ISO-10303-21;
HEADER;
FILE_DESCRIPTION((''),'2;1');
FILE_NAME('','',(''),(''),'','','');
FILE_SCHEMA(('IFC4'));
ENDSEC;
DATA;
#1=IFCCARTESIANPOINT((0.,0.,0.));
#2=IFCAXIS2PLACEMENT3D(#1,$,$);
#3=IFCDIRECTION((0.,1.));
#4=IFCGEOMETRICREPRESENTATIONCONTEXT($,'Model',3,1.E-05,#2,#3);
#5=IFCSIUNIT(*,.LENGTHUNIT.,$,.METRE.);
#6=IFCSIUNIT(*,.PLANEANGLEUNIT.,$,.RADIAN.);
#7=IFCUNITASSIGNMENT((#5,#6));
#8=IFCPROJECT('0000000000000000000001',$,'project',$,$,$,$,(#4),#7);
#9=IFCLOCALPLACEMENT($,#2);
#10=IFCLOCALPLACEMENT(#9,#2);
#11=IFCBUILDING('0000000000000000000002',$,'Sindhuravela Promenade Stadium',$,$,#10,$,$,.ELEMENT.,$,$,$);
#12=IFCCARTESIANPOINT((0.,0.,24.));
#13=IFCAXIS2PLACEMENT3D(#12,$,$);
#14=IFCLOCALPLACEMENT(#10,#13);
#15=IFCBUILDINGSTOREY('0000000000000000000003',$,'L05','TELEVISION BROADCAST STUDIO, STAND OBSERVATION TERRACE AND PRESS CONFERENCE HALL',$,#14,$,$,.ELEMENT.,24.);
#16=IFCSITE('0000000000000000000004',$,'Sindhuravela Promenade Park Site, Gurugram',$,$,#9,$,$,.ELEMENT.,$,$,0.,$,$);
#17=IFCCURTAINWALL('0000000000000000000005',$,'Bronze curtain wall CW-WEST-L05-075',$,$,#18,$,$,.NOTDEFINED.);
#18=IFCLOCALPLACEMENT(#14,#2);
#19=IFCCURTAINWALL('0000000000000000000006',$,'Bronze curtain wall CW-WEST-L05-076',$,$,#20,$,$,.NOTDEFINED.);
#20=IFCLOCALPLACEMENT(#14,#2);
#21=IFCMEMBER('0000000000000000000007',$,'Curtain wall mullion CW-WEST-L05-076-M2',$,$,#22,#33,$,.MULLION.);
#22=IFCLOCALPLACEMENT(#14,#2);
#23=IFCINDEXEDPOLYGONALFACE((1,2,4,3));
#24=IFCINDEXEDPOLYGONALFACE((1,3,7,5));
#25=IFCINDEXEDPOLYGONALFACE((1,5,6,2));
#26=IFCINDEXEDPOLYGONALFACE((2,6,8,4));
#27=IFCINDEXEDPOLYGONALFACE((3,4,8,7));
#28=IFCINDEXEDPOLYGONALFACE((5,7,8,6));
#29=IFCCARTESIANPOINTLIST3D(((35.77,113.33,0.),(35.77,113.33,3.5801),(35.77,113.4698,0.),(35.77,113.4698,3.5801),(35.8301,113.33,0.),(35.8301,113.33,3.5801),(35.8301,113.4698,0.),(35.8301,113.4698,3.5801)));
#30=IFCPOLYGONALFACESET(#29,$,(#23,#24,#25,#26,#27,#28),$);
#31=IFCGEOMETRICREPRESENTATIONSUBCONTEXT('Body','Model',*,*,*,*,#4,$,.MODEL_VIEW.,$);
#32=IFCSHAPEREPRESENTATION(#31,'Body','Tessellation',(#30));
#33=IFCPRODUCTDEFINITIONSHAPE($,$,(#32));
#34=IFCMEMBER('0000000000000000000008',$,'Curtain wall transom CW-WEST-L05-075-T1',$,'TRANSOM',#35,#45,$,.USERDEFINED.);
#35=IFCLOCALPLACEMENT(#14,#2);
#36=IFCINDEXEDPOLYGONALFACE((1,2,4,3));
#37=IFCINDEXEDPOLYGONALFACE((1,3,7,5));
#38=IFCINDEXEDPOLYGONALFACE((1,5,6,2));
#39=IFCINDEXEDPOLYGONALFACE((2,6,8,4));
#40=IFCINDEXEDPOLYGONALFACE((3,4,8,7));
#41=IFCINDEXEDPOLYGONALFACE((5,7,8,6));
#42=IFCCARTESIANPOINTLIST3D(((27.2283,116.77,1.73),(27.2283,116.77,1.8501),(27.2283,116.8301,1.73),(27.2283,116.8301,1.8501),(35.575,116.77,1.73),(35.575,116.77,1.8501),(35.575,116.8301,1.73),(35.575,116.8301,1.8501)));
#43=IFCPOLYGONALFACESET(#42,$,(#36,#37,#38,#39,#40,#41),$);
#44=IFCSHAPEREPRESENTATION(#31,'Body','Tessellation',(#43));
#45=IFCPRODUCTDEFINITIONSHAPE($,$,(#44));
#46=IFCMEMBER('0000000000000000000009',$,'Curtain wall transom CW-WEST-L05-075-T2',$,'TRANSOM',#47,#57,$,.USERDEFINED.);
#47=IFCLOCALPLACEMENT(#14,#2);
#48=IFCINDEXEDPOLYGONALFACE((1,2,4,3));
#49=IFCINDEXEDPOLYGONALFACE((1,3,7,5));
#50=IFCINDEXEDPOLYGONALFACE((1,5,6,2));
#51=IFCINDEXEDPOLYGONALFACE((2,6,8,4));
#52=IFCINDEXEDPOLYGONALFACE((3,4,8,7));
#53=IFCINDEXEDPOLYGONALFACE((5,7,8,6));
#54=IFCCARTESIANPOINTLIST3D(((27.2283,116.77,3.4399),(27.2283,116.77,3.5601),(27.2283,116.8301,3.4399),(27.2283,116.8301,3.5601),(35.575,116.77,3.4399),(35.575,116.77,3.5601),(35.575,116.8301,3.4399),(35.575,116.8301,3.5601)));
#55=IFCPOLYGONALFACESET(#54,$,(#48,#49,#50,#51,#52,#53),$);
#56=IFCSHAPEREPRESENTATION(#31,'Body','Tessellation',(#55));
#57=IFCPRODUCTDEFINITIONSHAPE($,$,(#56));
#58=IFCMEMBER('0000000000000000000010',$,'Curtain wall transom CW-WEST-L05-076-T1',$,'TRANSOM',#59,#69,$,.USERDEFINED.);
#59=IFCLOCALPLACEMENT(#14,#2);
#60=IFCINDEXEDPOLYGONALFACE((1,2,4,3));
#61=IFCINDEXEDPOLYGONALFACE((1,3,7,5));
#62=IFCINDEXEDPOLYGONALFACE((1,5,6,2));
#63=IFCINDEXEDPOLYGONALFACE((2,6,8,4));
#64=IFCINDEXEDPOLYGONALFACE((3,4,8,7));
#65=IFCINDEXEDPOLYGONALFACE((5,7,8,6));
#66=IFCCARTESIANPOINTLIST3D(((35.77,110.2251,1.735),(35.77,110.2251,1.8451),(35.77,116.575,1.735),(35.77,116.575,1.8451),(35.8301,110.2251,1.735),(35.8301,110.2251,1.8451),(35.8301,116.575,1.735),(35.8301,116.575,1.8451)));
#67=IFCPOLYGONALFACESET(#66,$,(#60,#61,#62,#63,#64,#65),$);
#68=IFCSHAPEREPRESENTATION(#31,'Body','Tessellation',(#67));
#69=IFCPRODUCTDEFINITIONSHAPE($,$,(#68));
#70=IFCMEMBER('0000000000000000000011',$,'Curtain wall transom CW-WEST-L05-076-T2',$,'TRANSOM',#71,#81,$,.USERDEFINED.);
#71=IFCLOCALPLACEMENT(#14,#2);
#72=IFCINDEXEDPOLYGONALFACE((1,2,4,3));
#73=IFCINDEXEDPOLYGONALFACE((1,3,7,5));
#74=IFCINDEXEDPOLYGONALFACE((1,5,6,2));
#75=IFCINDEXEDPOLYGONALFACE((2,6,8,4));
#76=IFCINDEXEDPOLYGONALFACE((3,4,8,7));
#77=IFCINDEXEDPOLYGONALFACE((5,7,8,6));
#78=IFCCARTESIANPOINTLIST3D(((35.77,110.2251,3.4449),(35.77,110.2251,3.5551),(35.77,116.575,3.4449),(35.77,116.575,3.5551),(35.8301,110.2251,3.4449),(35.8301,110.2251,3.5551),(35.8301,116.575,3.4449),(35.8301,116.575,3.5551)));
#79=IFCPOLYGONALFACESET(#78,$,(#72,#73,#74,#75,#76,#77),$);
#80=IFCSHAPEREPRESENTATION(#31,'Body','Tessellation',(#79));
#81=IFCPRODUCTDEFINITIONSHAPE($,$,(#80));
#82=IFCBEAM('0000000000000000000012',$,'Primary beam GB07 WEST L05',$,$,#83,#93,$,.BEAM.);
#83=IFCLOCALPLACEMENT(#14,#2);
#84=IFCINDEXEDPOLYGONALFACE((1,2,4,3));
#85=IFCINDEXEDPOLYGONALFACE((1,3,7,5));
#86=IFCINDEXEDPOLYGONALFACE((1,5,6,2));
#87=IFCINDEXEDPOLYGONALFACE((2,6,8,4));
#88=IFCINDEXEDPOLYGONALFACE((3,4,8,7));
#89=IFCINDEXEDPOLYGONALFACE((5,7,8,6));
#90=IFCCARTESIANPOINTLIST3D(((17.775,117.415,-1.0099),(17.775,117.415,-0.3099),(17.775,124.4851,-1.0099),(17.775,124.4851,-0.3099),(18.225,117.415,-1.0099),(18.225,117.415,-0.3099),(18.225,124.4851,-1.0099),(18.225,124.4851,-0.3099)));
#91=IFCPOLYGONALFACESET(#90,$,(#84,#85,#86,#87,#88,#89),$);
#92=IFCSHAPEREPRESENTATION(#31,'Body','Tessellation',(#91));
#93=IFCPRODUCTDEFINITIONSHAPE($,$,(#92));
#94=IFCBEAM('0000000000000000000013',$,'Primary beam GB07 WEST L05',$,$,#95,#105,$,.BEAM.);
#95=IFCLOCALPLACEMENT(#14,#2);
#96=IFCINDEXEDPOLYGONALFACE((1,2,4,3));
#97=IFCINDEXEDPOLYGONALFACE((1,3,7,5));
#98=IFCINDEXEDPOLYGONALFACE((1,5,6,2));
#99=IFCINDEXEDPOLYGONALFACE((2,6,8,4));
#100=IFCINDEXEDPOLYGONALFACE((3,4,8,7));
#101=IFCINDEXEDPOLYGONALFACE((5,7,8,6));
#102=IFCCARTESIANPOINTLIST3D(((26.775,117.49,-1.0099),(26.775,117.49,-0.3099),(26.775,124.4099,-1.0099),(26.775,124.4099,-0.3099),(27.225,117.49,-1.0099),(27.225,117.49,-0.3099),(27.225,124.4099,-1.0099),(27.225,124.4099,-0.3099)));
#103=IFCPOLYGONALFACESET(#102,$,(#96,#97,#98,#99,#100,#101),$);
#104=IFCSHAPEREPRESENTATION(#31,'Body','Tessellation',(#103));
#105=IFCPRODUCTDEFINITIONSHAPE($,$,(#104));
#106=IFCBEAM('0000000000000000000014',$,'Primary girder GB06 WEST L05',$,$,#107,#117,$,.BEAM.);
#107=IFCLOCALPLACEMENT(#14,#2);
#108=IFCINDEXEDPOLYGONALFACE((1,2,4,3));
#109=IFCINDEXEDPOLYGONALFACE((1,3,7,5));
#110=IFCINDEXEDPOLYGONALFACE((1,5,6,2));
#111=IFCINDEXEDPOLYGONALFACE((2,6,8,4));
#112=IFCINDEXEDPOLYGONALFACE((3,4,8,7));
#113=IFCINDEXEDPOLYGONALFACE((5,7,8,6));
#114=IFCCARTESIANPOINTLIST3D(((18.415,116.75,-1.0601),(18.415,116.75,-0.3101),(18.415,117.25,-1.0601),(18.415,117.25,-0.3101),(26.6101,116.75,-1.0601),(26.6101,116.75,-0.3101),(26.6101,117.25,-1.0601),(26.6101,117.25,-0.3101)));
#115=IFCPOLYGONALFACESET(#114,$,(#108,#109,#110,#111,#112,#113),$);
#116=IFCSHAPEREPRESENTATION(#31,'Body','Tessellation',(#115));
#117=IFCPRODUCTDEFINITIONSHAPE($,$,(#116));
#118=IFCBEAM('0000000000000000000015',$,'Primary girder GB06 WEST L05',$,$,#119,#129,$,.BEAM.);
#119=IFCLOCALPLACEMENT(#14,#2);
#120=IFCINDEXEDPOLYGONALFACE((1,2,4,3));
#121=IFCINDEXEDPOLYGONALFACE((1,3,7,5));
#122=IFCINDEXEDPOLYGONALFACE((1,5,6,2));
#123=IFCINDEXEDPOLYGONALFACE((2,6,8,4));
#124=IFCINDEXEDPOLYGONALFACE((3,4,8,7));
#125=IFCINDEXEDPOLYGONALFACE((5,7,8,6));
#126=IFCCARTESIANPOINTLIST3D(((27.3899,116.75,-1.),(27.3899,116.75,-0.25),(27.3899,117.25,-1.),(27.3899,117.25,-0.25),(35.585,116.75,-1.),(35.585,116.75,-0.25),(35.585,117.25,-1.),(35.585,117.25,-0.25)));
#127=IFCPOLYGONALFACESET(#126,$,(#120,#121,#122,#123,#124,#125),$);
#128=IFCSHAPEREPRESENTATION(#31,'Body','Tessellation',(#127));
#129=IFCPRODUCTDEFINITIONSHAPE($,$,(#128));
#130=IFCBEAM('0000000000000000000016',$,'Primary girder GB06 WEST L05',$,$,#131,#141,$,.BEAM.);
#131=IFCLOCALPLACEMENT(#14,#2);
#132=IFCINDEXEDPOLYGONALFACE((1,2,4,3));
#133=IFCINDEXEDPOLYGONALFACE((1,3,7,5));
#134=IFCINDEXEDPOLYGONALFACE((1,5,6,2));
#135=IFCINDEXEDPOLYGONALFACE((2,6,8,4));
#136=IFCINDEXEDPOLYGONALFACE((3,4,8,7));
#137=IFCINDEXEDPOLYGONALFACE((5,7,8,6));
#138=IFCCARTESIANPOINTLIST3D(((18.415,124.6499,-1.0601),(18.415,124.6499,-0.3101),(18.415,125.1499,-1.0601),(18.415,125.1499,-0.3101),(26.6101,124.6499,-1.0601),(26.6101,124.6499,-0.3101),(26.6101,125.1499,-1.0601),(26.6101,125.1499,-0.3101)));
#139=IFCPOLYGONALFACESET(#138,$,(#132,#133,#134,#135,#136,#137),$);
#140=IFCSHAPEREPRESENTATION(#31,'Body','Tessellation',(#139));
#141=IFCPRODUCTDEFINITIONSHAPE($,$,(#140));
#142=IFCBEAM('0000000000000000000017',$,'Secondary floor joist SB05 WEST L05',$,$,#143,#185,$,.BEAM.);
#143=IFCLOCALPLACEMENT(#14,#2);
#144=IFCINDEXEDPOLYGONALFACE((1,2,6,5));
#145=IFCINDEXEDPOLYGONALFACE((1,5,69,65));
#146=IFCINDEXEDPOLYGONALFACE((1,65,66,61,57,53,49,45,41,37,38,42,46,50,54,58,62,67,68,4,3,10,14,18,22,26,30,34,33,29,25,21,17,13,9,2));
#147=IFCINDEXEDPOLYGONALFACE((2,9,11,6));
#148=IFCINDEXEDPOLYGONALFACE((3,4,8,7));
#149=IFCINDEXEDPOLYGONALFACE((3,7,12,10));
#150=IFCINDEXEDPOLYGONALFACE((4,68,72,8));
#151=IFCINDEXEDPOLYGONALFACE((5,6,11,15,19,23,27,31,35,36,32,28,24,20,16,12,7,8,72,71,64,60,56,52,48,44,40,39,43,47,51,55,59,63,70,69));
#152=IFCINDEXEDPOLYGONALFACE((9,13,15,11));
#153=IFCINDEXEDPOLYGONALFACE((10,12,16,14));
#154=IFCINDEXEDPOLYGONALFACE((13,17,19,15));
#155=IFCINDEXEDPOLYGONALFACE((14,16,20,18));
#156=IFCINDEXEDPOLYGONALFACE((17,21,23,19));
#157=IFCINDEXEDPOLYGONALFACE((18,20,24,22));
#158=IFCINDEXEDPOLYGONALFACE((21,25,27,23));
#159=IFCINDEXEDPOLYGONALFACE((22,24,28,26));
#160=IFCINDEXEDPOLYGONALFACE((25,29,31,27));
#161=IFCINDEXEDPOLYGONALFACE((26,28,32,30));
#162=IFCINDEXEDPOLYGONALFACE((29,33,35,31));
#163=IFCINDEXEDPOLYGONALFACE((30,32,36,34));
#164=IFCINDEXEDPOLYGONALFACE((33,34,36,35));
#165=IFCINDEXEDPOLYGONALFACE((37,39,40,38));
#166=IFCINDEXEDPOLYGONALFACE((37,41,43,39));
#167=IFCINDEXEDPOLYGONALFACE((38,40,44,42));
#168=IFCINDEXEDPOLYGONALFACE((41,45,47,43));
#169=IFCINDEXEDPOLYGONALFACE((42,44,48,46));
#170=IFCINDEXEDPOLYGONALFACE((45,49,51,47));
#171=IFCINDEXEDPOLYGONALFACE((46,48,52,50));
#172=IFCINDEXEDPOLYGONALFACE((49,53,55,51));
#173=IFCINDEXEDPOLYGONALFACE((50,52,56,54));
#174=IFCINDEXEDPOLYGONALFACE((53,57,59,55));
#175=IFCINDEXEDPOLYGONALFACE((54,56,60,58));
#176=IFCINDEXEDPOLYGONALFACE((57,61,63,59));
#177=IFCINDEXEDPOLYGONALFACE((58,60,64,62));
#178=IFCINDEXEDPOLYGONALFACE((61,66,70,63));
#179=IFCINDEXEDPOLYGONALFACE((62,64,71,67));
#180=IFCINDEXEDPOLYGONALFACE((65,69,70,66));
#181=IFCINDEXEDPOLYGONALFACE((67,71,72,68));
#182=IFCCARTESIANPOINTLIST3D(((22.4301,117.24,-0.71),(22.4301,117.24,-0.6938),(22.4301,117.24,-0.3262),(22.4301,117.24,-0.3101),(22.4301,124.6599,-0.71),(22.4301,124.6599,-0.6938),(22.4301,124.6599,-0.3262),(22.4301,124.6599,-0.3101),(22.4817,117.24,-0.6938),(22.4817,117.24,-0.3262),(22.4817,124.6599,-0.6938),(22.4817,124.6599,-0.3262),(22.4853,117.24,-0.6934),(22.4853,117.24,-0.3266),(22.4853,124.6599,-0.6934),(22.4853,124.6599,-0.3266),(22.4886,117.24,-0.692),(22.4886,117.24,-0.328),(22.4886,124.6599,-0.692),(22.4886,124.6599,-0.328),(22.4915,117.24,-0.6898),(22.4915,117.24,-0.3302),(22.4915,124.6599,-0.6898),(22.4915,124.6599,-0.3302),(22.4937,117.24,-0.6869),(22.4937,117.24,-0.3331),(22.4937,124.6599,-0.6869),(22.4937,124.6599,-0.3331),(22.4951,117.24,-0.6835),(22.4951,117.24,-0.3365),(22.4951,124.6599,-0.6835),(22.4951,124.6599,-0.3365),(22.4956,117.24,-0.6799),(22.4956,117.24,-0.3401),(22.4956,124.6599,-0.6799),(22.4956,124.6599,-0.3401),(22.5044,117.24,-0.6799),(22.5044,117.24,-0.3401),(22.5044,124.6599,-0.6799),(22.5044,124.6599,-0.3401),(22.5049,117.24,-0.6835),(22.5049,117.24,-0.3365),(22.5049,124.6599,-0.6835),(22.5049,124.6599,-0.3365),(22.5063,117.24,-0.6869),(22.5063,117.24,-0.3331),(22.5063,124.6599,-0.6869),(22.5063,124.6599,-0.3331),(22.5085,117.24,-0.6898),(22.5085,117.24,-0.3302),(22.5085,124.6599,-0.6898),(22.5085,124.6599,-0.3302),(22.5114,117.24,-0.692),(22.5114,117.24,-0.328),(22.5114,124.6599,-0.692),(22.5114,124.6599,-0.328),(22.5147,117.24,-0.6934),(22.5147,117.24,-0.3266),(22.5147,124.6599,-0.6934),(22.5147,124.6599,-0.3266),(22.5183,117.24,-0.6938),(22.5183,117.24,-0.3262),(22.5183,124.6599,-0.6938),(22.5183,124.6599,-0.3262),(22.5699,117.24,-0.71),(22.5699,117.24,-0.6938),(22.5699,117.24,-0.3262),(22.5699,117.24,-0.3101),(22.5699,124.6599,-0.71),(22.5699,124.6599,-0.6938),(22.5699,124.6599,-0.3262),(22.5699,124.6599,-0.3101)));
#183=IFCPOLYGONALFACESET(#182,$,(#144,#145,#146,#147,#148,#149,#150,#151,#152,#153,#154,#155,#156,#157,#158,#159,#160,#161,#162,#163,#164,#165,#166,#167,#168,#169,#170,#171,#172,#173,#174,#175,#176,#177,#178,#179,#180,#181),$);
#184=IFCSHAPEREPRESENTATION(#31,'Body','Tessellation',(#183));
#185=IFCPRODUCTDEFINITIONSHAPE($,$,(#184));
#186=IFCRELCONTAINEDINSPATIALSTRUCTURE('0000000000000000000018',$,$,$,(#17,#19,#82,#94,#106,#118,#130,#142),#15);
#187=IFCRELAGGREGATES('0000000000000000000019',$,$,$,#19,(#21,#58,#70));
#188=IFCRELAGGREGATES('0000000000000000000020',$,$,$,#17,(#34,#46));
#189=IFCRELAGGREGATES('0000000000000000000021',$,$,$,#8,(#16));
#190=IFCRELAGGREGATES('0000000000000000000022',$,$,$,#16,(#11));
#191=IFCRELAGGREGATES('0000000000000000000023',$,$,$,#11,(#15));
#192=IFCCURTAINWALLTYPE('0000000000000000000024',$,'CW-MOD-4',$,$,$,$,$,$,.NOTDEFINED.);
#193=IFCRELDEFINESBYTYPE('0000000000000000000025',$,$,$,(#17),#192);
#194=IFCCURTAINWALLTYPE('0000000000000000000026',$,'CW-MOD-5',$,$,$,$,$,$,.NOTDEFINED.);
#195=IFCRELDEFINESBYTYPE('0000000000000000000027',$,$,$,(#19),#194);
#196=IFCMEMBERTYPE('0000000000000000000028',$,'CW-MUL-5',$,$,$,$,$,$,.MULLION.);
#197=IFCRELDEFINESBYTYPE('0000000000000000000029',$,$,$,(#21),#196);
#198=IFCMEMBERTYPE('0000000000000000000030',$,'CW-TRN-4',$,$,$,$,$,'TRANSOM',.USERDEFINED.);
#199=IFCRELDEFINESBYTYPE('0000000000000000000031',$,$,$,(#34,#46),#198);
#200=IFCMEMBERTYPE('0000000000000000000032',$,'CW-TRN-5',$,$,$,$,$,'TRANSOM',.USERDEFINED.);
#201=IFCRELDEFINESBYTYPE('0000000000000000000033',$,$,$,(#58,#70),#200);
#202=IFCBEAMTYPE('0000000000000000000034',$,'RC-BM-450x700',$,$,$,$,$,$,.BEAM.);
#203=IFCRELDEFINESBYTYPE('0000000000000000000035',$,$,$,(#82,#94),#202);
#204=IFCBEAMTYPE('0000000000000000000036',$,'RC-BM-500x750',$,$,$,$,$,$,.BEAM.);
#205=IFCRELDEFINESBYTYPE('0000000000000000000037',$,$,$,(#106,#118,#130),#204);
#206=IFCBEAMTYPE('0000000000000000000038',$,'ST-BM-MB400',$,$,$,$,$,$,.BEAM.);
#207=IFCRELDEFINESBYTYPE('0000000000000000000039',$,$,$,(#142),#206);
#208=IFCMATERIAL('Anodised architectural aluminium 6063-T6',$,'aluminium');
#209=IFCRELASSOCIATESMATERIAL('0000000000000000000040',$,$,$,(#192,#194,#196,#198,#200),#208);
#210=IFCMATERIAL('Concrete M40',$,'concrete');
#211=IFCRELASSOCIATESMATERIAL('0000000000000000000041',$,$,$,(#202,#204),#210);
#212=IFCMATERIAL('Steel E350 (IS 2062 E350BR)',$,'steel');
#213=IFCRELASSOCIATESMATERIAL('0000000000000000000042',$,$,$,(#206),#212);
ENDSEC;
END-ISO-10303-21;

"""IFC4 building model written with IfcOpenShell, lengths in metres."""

from ifc_helpers import new_model, si_unit, direction, frame, origin, origin_2d, place, context, subcontext, project, spatial, rectangle, i_section, extrude, material, material_profile, profile_set, type_object, element, aggregate, save


model = new_model("IFC4")

# Units and contexts
model_context = context("Model", 3, precision=1e-05, world=origin(), true_north=direction((0.0, 1.0)))
body_context = subcontext(model_context, "Body", "Model", "MODEL_VIEW")
ifc_project = project(units=[si_unit("LENGTHUNIT", "METRE"), si_unit("PLANEANGLEUNIT", "RADIAN")], contexts=[model_context])

# Site, building, storey
site_placement = place(None, origin())
site = spatial("IfcSite", under=ifc_project, at=site_placement, Name="Sindhuravela Promenade Park Site, Gurugram", CompositionType="ELEMENT", RefElevation=0.0)
building_placement = place(site_placement, origin())
building = spatial("IfcBuilding", under=site, at=building_placement, Name="Sindhuravela Promenade Stadium", CompositionType="ELEMENT")
storey_placement = place(building_placement, frame((0.0, 0.0, 24.0)))
storey = spatial("IfcBuildingStorey", under=building, at=storey_placement, Name="L05", Description="TELEVISION BROADCAST STUDIO, STAND OBSERVATION TERRACE AND PRESS CONFERENCE HALL", CompositionType="ELEMENT", Elevation=24.0)

# Shared definitions
ifc_material_1 = material(Name="Concrete M40", Category="concrete")
ifc_material_2 = material(Name="Steel E350 (IS 2062 E350BR)", Category="steel")

# Curtain walls, member
ifc_material_3 = material(Name="Anodised architectural aluminium 6063-T6", Category="aluminium")
curtain_wall_type_1 = type_object("IfcCurtainWallType", Name="CW-MOD-4", PredefinedType="NOTDEFINED", material=ifc_material_3)
curtain_wall_1_placement = place(storey_placement, origin())
curtain_wall_1 = element("IfcCurtainWall", 1, at=curtain_wall_1_placement, inside=storey, type_object=curtain_wall_type_1, Name="Bronze curtain wall CW-WEST-L05-075", PredefinedType="NOTDEFINED")
curtain_wall_type_2 = type_object("IfcCurtainWallType", Name="CW-MOD-5", PredefinedType="NOTDEFINED", material=ifc_material_3)
curtain_wall_2_placement = place(storey_placement, origin())
curtain_wall_2 = element("IfcCurtainWall", 2, at=curtain_wall_2_placement, inside=storey, type_object=curtain_wall_type_2, Name="Bronze curtain wall CW-WEST-L05-076", PredefinedType="NOTDEFINED")
ifc_material_profile_1 = material_profile(ifc_material_3, rectangle(XDim=0.0601, YDim=0.1399, at=origin_2d()), Name="ALU M60x140")
ifc_profile_set_1 = profile_set([ifc_material_profile_1], Name="Anodised architectural aluminium 6063-T6")
member_type_1 = type_object("IfcMemberType", Name="CW-MUL-5", PredefinedType="MULLION", material=ifc_profile_set_1)
member_1_placement = place(storey_placement, frame((35.8, 113.3999, 0.0), z_axis=(0.0, 0.0, 1.0), x_axis=(1.0, 0.0, 0.0)))
member_1 = element("IfcMember", 3, at=member_1_placement, type_object=member_type_1, Name="Curtain wall mullion CW-WEST-L05-076-M2", PredefinedType="MULLION", context=body_context, shape_type="SweptSolid", body=[
    extrude(rectangle(XDim=0.0601, YDim=0.1399, at=origin_2d()), origin(), (0.0, 0.0, 1.0), 3.5801),
])

# Members
ifc_material_profile_2 = material_profile(ifc_material_3, rectangle(XDim=0.0601, YDim=0.1201, at=origin_2d()), Name="ALU T60x120")
ifc_profile_set_2 = profile_set([ifc_material_profile_2], Name="Anodised architectural aluminium 6063-T6")
member_type_2 = type_object("IfcMemberType", Name="CW-TRN-4", ElementType="TRANSOM", PredefinedType="USERDEFINED", material=ifc_profile_set_2)
member_2_placement = place(storey_placement, frame((27.2283, 116.8, 1.79), z_axis=(1.0, 0.0, 0.0), x_axis=(0.0, 1.0, 0.0)))
member_2 = element("IfcMember", 4, at=member_2_placement, type_object=member_type_2, Name="Curtain wall transom CW-WEST-L05-075-T1", ObjectType="TRANSOM", PredefinedType="USERDEFINED", context=body_context, shape_type="SweptSolid", body=[
    extrude(rectangle(XDim=0.0601, YDim=0.1201, at=origin_2d()), origin(), (0.0, 0.0, 1.0), 8.3467),
])
member_3_placement = place(storey_placement, frame((27.2283, 116.8, 3.5), z_axis=(1.0, 0.0, 0.0), x_axis=(0.0, 1.0, 0.0)))
member_3 = element("IfcMember", 5, at=member_3_placement, type_object=member_type_2, Name="Curtain wall transom CW-WEST-L05-075-T2", ObjectType="TRANSOM", PredefinedType="USERDEFINED", context=body_context, shape_type="SweptSolid", body=[
    extrude(rectangle(XDim=0.0601, YDim=0.1201, at=origin_2d()), origin(), (0.0, 0.0, 1.0), 8.3467),
])
ifc_material_profile_3 = material_profile(ifc_material_3, rectangle(XDim=0.0601, YDim=0.1101, at=origin_2d()), Name="ALU T60x110")
ifc_profile_set_3 = profile_set([ifc_material_profile_3], Name="Anodised architectural aluminium 6063-T6")
member_type_3 = type_object("IfcMemberType", Name="CW-TRN-5", ElementType="TRANSOM", PredefinedType="USERDEFINED", material=ifc_profile_set_3)
member_4_placement = place(storey_placement, frame((35.8, 116.575, 1.79), z_axis=(0.0, -1.0, 0.0), x_axis=(1.0, 0.0, 0.0)))
member_4 = element("IfcMember", 6, at=member_4_placement, type_object=member_type_3, Name="Curtain wall transom CW-WEST-L05-076-T1", ObjectType="TRANSOM", PredefinedType="USERDEFINED", context=body_context, shape_type="SweptSolid", body=[
    extrude(rectangle(XDim=0.0601, YDim=0.1101, at=origin_2d()), origin(), (0.0, 0.0, 1.0), 6.3499),
])
member_5_placement = place(storey_placement, frame((35.8, 116.575, 3.5), z_axis=(0.0, -1.0, 0.0), x_axis=(1.0, 0.0, 0.0)))
member_5 = element("IfcMember", 7, at=member_5_placement, type_object=member_type_3, Name="Curtain wall transom CW-WEST-L05-076-T2", ObjectType="TRANSOM", PredefinedType="USERDEFINED", context=body_context, shape_type="SweptSolid", body=[
    extrude(rectangle(XDim=0.0601, YDim=0.1101, at=origin_2d()), origin(), (0.0, 0.0, 1.0), 6.3499),
])

# Beams
ifc_material_profile_4 = material_profile(ifc_material_1, rectangle(XDim=0.45, YDim=0.7, at=origin_2d()), Name="RC 450x700")
ifc_profile_set_4 = profile_set([ifc_material_profile_4], Name="Concrete M40")
beam_type_1 = type_object("IfcBeamType", Name="RC-BM-450x700", PredefinedType="BEAM", material=ifc_profile_set_4)
beam_1_placement = place(storey_placement, frame((18.0, 117.415, -0.6599), z_axis=(0.0, 1.0, 0.0), x_axis=(-1.0, 0.0, 0.0)))
element("IfcBeam", 8, at=beam_1_placement, inside=storey, type_object=beam_type_1, Name="Primary beam GB07 WEST L05", PredefinedType="BEAM", context=body_context, shape_type="SweptSolid", body=[
    extrude(rectangle(XDim=0.45, YDim=0.7, at=origin_2d()), origin(), (0.0, 0.0, 1.0), 7.0701),
])
beam_2_placement = place(storey_placement, frame((27.0, 117.49, -0.6599), z_axis=(0.0, 1.0, 0.0), x_axis=(-1.0, 0.0, 0.0)))
element("IfcBeam", 9, at=beam_2_placement, inside=storey, type_object=beam_type_1, Name="Primary beam GB07 WEST L05", PredefinedType="BEAM", context=body_context, shape_type="SweptSolid", body=[
    extrude(rectangle(XDim=0.45, YDim=0.7, at=origin_2d()), origin(), (0.0, 0.0, 1.0), 6.9199),
])
ifc_material_profile_5 = material_profile(ifc_material_1, rectangle(XDim=0.5, YDim=0.75, at=origin_2d()), Name="RC 500x750")
ifc_profile_set_5 = profile_set([ifc_material_profile_5], Name="Concrete M40")
beam_type_2 = type_object("IfcBeamType", Name="RC-BM-500x750", PredefinedType="BEAM", material=ifc_profile_set_5)
for number, where, z_axis, x_axis, name in (
    (10, (18.415, 117.0, -0.6851), (1.0, 0.0, 0.0), (0.0, 1.0, 0.0), "Primary girder GB06 WEST L05"),
    (11, (27.3899, 117.0, -0.625), (1.0, 0.0, 0.0), (0.0, 1.0, 0.0), "Primary girder GB06 WEST L05"),
    (12, (18.415, 124.8999, -0.6851), (1.0, 0.0, 0.0), (0.0, 1.0, 0.0), "Primary girder GB06 WEST L05"),
):
    element("IfcBeam", number, at=place(storey_placement, frame(where, z_axis=z_axis, x_axis=x_axis)), inside=storey, type_object=beam_type_2, Name=name, PredefinedType="BEAM", context=body_context, shape_type="SweptSolid", body=[
        extrude(rectangle(XDim=0.5, YDim=0.75, at=origin_2d()), origin(), (0.0, 0.0, 1.0), 8.1951),
    ])
ifc_material_profile_6 = material_profile(ifc_material_2, i_section(OverallWidth=0.1399, OverallDepth=0.3999, WebThickness=0.0088, FlangeThickness=0.0161, FilletRadius=0.0139, at=origin_2d()), Name="ISMB 400")
ifc_profile_set_6 = profile_set([ifc_material_profile_6], Name="Steel E350 (IS 2062 E350BR)")
beam_type_3 = type_object("IfcBeamType", Name="ST-BM-MB400", PredefinedType="BEAM", material=ifc_profile_set_6)
beam_3_placement = place(storey_placement, frame((22.5, 117.24, -0.51), z_axis=(0.0, 1.0, 0.0), x_axis=(-1.0, 0.0, 0.0)))
element("IfcBeam", 13, at=beam_3_placement, inside=storey, type_object=beam_type_3, Name="Secondary floor joist SB05 WEST L05", PredefinedType="BEAM", context=body_context, shape_type="SweptSolid", body=[
    extrude(i_section(OverallWidth=0.1399, OverallDepth=0.3999, WebThickness=0.0088, FlangeThickness=0.0161, FilletRadius=0.0139, at=origin_2d()), origin(), (0.0, 0.0, 1.0), 7.4199),
])

aggregate(curtain_wall_2, [member_1, member_4, member_5])
aggregate(curtain_wall_1, [member_2, member_3])

save(model, "model.ifc")
